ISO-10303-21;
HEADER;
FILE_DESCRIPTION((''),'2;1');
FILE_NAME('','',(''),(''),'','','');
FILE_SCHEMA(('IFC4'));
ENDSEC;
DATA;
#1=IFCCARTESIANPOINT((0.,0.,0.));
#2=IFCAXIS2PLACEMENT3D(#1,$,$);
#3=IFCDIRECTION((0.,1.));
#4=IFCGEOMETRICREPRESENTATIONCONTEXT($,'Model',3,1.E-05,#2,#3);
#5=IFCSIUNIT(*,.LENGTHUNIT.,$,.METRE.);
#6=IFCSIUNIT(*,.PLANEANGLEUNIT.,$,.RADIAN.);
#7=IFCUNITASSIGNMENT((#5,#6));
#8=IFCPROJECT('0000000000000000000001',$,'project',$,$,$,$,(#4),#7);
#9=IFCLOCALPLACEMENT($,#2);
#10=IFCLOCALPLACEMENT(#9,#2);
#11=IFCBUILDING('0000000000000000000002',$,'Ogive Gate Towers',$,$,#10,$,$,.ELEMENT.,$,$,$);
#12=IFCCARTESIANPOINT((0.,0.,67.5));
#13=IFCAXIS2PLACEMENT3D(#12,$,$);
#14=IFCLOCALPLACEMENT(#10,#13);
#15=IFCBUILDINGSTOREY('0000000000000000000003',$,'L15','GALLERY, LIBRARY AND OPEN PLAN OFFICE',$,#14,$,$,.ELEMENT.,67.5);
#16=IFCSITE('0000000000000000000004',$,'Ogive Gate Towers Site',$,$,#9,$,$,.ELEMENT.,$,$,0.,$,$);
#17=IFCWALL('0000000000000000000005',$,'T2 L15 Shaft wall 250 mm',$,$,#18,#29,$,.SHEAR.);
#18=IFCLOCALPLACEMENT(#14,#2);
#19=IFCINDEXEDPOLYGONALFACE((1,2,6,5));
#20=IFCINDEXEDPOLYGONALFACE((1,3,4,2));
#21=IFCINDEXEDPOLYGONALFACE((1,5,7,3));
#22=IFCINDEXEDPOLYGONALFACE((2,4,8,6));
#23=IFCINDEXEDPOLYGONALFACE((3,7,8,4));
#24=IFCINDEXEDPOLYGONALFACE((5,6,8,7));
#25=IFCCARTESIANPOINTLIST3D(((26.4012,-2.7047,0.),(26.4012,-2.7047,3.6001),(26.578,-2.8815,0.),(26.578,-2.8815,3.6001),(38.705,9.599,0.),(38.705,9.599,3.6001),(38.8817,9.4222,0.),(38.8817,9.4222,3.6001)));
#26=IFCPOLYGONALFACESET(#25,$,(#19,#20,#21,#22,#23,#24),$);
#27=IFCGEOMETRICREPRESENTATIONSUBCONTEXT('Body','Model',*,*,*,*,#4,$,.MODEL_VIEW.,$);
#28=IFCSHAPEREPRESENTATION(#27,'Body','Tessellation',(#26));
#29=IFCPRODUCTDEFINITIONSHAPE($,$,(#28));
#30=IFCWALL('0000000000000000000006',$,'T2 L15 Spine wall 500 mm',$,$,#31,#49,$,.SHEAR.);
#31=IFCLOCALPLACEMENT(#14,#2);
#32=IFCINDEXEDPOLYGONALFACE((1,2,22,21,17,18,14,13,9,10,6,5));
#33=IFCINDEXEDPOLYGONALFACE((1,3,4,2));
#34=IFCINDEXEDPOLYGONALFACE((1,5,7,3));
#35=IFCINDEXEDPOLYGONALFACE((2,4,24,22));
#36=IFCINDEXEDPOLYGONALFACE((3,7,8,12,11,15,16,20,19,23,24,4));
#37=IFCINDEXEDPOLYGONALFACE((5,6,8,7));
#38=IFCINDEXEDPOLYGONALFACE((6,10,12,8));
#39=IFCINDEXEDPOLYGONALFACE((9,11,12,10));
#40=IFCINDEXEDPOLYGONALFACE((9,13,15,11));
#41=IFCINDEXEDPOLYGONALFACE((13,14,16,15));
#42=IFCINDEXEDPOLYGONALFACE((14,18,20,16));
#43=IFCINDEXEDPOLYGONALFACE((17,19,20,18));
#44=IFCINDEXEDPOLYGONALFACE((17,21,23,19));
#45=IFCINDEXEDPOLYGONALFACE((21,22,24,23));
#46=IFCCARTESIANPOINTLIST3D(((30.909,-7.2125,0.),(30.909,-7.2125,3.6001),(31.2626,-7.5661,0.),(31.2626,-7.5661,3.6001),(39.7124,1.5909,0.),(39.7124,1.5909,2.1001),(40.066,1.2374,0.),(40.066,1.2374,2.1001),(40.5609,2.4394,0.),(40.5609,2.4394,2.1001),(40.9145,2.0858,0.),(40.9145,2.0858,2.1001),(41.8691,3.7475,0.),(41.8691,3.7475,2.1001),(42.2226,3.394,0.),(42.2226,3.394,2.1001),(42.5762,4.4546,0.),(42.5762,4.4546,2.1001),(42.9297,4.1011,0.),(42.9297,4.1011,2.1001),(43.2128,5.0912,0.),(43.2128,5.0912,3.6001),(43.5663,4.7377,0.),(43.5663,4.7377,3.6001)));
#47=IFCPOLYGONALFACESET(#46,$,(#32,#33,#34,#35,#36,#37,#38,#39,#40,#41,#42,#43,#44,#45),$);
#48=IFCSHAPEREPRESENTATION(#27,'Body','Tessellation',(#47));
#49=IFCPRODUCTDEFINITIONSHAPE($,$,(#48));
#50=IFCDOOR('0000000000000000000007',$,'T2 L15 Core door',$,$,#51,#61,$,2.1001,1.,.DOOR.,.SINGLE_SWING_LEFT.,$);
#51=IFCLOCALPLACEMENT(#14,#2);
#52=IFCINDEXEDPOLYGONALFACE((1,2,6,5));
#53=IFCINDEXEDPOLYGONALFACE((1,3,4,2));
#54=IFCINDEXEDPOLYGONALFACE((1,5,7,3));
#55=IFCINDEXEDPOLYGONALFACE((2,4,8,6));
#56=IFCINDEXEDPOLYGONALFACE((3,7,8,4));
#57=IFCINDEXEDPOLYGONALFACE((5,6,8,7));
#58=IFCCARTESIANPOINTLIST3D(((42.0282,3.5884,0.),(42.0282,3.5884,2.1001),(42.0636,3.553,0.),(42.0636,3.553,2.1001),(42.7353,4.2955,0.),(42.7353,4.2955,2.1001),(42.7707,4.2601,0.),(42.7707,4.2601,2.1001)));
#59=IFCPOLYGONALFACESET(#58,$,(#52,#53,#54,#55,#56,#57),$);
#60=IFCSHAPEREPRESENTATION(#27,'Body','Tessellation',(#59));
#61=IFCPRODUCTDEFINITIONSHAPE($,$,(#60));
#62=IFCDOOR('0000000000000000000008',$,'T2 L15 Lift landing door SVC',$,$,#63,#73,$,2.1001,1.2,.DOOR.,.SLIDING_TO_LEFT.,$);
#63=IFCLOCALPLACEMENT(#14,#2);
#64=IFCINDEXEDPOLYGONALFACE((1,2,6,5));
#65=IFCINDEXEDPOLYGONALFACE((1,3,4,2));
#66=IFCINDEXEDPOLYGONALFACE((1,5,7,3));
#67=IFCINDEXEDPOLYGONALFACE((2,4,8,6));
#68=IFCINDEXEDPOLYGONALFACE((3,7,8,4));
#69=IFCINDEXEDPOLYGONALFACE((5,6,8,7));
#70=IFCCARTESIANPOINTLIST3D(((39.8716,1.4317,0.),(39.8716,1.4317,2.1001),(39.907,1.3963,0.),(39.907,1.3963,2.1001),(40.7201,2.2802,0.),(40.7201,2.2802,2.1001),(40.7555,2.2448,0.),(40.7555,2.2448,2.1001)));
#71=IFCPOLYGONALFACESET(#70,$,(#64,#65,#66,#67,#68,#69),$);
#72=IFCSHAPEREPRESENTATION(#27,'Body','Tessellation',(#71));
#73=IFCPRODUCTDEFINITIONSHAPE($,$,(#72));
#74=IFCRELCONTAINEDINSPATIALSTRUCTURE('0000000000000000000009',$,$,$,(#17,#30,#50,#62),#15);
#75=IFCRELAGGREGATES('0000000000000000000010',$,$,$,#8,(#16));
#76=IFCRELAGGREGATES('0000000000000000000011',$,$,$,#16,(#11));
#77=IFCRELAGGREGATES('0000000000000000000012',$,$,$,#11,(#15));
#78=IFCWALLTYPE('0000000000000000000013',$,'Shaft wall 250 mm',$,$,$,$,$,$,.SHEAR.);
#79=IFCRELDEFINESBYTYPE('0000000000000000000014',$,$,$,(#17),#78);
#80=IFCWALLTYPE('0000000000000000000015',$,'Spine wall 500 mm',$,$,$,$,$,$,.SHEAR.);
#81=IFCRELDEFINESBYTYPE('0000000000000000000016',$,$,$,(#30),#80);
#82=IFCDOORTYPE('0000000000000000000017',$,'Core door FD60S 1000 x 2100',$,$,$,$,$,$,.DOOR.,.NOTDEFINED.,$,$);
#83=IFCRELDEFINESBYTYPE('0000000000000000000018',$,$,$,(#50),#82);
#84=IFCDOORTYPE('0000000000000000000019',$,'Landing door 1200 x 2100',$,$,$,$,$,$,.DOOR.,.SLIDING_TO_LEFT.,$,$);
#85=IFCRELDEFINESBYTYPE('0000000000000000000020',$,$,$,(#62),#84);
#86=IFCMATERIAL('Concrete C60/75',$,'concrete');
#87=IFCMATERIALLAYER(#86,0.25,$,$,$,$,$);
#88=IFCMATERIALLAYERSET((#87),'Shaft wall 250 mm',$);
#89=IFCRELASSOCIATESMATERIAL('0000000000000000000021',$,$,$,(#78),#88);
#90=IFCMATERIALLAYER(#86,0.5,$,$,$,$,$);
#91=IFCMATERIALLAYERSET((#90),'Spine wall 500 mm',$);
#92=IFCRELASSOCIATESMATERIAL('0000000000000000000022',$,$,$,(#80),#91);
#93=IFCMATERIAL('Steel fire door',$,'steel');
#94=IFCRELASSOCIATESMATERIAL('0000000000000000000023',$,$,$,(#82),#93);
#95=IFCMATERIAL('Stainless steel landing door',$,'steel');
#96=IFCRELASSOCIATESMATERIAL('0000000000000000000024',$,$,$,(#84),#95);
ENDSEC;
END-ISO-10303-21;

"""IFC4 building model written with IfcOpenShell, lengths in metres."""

from ifc_helpers import new_model, si_unit, direction, frame, frame_2d, origin, place, context, subcontext, project, spatial, rectangle, extrude, material, layer, layer_set, type_object, element, fill, save


model = new_model("IFC4")

# Units and contexts
model_context = context("Model", 3, precision=1e-05, world=origin(), true_north=direction((0.0, 1.0)))
body_context = subcontext(model_context, "Body", "Model", "MODEL_VIEW")
ifc_project = project(units=[si_unit("LENGTHUNIT", "METRE"), si_unit("PLANEANGLEUNIT", "RADIAN")], contexts=[model_context])

# Site, building, storey
site_placement = place(None, origin())
site = spatial("IfcSite", under=ifc_project, at=site_placement, Name="Ogive Gate Towers Site", CompositionType="ELEMENT", RefElevation=0.0)
building_placement = place(site_placement, origin())
building = spatial("IfcBuilding", under=site, at=building_placement, Name="Ogive Gate Towers", CompositionType="ELEMENT")
storey_placement = place(building_placement, frame((0.0, 0.0, 67.5)))
storey = spatial("IfcBuildingStorey", under=building, at=storey_placement, Name="L15", Description="GALLERY, LIBRARY AND OPEN PLAN OFFICE", CompositionType="ELEMENT", Elevation=67.5)

# Shared definitions
ifc_material_1 = material(Name="Concrete C60/75", Category="concrete")
ifc_material_2 = material(Name="Steel fire door", Category="steel")

# Wall
ifc_layer_1 = layer(ifc_material_1, 0.25)
ifc_layer_set_1 = layer_set([ifc_layer_1], Name="Shaft wall 250 mm")
wall_type_1 = type_object("IfcWallType", Name="Shaft wall 250 mm", PredefinedType="SHEAR", material=ifc_layer_set_1)
for number, where, z_axis, x_axis, name in (
    (1, (26.4895, -2.7932, 0.0), (0.0, 0.0, 1.0), (0.707107, 0.707107, 0.0), "T2 L15 Shaft wall 250 mm"),
):
    element("IfcWall", number, at=place(storey_placement, frame(where, z_axis=z_axis, x_axis=x_axis)), inside=storey, type_object=wall_type_1, Name=name, PredefinedType="SHEAR", context=body_context, shape_type="SweptSolid", body=[
        extrude(rectangle(XDim=17.4001, YDim=0.25, at=frame_2d((8.7002, 0.0))), origin(), (0.0, 0.0, 1.0), 3.6001),
    ])

# Wall, openings, doors
ifc_layer_2 = layer(ifc_material_1, 0.5)
ifc_layer_set_2 = layer_set([ifc_layer_2], Name="Spine wall 500 mm")
wall_type_2 = type_object("IfcWallType", Name="Spine wall 500 mm", PredefinedType="SHEAR", material=ifc_layer_set_2)
wall_1_placement = place(storey_placement, frame((31.0857, -7.3894, 0.0), z_axis=(0.0, 0.0, 1.0), x_axis=(0.707107, 0.707107, 0.0)))
wall_1 = element("IfcWall", 2, at=wall_1_placement, inside=storey, type_object=wall_type_2, Name="T2 L15 Spine wall 500 mm", PredefinedType="SHEAR", context=body_context, shape_type="SweptSolid", body=[
    extrude(rectangle(XDim=17.4001, YDim=0.5, at=frame_2d((8.7002, 0.0))), origin(), (0.0, 0.0, 1.0), 3.6001),
])
opening_1_placement = place(wall_1_placement, frame((12.45, 0.0, 0.0)))
opening_1 = element("IfcOpeningElement", 3, at=opening_1_placement, cuts=wall_1, PredefinedType="OPENING", context=body_context, shape_type="SweptSolid", body=[
    extrude(rectangle(XDim=1.2, YDim=2.1001, at=frame_2d((0.6001, 1.05))), frame((0.0, 0.26, 0.0), z_axis=(0.0, -1.0, 0.0), x_axis=(1.0, 0.0, 0.0)), (0.0, 0.0, 1.0), 0.52),
])
opening_2_placement = place(wall_1_placement, frame((15.5, 0.0, 0.0)))
opening_2 = element("IfcOpeningElement", 4, at=opening_2_placement, cuts=wall_1, PredefinedType="OPENING", context=body_context, shape_type="SweptSolid", body=[
    extrude(rectangle(XDim=1.0, YDim=2.1001, at=frame_2d((0.5, 1.05))), frame((0.0, 0.26, 0.0), z_axis=(0.0, -1.0, 0.0), x_axis=(1.0, 0.0, 0.0)), (0.0, 0.0, 1.0), 0.52),
])
door_type_1 = type_object("IfcDoorType", Name="Core door FD60S 1000 x 2100", OperationType="NOTDEFINED", PredefinedType="DOOR", material=ifc_material_2)
door_1_placement = place(opening_2_placement, origin())
door_1 = element("IfcDoor", 5, at=door_1_placement, inside=storey, type_object=door_type_1, Name="T2 L15 Core door", OperationType="SINGLE_SWING_LEFT", OverallHeight=2.1001, OverallWidth=1.0, PredefinedType="DOOR", context=body_context, shape_type="SweptSolid", body=[
    extrude(rectangle(XDim=1.0, YDim=2.1001, at=frame_2d((0.5, 1.05))), frame((0.0, 0.0249, 0.0), z_axis=(0.0, -1.0, 0.0), x_axis=(1.0, 0.0, 0.0)), (0.0, 0.0, 1.0), 0.05),
])
fill(opening_2, door_1)
ifc_material_3 = material(Name="Stainless steel landing door", Category="steel")
door_type_2 = type_object("IfcDoorType", Name="Landing door 1200 x 2100", OperationType="SLIDING_TO_LEFT", PredefinedType="DOOR", material=ifc_material_3)
door_2_placement = place(opening_1_placement, origin())
door_2 = element("IfcDoor", 6, at=door_2_placement, inside=storey, type_object=door_type_2, Name="T2 L15 Lift landing door SVC", OperationType="SLIDING_TO_LEFT", OverallHeight=2.1001, OverallWidth=1.2, PredefinedType="DOOR", context=body_context, shape_type="SweptSolid", body=[
    extrude(rectangle(XDim=1.2, YDim=2.1001, at=frame_2d((0.6001, 1.05))), frame((0.0, 0.0249, 0.0), z_axis=(0.0, -1.0, 0.0), x_axis=(1.0, 0.0, 0.0)), (0.0, 0.0, 1.0), 0.05),
])
fill(opening_1, door_2)

save(model, "model.ifc")
